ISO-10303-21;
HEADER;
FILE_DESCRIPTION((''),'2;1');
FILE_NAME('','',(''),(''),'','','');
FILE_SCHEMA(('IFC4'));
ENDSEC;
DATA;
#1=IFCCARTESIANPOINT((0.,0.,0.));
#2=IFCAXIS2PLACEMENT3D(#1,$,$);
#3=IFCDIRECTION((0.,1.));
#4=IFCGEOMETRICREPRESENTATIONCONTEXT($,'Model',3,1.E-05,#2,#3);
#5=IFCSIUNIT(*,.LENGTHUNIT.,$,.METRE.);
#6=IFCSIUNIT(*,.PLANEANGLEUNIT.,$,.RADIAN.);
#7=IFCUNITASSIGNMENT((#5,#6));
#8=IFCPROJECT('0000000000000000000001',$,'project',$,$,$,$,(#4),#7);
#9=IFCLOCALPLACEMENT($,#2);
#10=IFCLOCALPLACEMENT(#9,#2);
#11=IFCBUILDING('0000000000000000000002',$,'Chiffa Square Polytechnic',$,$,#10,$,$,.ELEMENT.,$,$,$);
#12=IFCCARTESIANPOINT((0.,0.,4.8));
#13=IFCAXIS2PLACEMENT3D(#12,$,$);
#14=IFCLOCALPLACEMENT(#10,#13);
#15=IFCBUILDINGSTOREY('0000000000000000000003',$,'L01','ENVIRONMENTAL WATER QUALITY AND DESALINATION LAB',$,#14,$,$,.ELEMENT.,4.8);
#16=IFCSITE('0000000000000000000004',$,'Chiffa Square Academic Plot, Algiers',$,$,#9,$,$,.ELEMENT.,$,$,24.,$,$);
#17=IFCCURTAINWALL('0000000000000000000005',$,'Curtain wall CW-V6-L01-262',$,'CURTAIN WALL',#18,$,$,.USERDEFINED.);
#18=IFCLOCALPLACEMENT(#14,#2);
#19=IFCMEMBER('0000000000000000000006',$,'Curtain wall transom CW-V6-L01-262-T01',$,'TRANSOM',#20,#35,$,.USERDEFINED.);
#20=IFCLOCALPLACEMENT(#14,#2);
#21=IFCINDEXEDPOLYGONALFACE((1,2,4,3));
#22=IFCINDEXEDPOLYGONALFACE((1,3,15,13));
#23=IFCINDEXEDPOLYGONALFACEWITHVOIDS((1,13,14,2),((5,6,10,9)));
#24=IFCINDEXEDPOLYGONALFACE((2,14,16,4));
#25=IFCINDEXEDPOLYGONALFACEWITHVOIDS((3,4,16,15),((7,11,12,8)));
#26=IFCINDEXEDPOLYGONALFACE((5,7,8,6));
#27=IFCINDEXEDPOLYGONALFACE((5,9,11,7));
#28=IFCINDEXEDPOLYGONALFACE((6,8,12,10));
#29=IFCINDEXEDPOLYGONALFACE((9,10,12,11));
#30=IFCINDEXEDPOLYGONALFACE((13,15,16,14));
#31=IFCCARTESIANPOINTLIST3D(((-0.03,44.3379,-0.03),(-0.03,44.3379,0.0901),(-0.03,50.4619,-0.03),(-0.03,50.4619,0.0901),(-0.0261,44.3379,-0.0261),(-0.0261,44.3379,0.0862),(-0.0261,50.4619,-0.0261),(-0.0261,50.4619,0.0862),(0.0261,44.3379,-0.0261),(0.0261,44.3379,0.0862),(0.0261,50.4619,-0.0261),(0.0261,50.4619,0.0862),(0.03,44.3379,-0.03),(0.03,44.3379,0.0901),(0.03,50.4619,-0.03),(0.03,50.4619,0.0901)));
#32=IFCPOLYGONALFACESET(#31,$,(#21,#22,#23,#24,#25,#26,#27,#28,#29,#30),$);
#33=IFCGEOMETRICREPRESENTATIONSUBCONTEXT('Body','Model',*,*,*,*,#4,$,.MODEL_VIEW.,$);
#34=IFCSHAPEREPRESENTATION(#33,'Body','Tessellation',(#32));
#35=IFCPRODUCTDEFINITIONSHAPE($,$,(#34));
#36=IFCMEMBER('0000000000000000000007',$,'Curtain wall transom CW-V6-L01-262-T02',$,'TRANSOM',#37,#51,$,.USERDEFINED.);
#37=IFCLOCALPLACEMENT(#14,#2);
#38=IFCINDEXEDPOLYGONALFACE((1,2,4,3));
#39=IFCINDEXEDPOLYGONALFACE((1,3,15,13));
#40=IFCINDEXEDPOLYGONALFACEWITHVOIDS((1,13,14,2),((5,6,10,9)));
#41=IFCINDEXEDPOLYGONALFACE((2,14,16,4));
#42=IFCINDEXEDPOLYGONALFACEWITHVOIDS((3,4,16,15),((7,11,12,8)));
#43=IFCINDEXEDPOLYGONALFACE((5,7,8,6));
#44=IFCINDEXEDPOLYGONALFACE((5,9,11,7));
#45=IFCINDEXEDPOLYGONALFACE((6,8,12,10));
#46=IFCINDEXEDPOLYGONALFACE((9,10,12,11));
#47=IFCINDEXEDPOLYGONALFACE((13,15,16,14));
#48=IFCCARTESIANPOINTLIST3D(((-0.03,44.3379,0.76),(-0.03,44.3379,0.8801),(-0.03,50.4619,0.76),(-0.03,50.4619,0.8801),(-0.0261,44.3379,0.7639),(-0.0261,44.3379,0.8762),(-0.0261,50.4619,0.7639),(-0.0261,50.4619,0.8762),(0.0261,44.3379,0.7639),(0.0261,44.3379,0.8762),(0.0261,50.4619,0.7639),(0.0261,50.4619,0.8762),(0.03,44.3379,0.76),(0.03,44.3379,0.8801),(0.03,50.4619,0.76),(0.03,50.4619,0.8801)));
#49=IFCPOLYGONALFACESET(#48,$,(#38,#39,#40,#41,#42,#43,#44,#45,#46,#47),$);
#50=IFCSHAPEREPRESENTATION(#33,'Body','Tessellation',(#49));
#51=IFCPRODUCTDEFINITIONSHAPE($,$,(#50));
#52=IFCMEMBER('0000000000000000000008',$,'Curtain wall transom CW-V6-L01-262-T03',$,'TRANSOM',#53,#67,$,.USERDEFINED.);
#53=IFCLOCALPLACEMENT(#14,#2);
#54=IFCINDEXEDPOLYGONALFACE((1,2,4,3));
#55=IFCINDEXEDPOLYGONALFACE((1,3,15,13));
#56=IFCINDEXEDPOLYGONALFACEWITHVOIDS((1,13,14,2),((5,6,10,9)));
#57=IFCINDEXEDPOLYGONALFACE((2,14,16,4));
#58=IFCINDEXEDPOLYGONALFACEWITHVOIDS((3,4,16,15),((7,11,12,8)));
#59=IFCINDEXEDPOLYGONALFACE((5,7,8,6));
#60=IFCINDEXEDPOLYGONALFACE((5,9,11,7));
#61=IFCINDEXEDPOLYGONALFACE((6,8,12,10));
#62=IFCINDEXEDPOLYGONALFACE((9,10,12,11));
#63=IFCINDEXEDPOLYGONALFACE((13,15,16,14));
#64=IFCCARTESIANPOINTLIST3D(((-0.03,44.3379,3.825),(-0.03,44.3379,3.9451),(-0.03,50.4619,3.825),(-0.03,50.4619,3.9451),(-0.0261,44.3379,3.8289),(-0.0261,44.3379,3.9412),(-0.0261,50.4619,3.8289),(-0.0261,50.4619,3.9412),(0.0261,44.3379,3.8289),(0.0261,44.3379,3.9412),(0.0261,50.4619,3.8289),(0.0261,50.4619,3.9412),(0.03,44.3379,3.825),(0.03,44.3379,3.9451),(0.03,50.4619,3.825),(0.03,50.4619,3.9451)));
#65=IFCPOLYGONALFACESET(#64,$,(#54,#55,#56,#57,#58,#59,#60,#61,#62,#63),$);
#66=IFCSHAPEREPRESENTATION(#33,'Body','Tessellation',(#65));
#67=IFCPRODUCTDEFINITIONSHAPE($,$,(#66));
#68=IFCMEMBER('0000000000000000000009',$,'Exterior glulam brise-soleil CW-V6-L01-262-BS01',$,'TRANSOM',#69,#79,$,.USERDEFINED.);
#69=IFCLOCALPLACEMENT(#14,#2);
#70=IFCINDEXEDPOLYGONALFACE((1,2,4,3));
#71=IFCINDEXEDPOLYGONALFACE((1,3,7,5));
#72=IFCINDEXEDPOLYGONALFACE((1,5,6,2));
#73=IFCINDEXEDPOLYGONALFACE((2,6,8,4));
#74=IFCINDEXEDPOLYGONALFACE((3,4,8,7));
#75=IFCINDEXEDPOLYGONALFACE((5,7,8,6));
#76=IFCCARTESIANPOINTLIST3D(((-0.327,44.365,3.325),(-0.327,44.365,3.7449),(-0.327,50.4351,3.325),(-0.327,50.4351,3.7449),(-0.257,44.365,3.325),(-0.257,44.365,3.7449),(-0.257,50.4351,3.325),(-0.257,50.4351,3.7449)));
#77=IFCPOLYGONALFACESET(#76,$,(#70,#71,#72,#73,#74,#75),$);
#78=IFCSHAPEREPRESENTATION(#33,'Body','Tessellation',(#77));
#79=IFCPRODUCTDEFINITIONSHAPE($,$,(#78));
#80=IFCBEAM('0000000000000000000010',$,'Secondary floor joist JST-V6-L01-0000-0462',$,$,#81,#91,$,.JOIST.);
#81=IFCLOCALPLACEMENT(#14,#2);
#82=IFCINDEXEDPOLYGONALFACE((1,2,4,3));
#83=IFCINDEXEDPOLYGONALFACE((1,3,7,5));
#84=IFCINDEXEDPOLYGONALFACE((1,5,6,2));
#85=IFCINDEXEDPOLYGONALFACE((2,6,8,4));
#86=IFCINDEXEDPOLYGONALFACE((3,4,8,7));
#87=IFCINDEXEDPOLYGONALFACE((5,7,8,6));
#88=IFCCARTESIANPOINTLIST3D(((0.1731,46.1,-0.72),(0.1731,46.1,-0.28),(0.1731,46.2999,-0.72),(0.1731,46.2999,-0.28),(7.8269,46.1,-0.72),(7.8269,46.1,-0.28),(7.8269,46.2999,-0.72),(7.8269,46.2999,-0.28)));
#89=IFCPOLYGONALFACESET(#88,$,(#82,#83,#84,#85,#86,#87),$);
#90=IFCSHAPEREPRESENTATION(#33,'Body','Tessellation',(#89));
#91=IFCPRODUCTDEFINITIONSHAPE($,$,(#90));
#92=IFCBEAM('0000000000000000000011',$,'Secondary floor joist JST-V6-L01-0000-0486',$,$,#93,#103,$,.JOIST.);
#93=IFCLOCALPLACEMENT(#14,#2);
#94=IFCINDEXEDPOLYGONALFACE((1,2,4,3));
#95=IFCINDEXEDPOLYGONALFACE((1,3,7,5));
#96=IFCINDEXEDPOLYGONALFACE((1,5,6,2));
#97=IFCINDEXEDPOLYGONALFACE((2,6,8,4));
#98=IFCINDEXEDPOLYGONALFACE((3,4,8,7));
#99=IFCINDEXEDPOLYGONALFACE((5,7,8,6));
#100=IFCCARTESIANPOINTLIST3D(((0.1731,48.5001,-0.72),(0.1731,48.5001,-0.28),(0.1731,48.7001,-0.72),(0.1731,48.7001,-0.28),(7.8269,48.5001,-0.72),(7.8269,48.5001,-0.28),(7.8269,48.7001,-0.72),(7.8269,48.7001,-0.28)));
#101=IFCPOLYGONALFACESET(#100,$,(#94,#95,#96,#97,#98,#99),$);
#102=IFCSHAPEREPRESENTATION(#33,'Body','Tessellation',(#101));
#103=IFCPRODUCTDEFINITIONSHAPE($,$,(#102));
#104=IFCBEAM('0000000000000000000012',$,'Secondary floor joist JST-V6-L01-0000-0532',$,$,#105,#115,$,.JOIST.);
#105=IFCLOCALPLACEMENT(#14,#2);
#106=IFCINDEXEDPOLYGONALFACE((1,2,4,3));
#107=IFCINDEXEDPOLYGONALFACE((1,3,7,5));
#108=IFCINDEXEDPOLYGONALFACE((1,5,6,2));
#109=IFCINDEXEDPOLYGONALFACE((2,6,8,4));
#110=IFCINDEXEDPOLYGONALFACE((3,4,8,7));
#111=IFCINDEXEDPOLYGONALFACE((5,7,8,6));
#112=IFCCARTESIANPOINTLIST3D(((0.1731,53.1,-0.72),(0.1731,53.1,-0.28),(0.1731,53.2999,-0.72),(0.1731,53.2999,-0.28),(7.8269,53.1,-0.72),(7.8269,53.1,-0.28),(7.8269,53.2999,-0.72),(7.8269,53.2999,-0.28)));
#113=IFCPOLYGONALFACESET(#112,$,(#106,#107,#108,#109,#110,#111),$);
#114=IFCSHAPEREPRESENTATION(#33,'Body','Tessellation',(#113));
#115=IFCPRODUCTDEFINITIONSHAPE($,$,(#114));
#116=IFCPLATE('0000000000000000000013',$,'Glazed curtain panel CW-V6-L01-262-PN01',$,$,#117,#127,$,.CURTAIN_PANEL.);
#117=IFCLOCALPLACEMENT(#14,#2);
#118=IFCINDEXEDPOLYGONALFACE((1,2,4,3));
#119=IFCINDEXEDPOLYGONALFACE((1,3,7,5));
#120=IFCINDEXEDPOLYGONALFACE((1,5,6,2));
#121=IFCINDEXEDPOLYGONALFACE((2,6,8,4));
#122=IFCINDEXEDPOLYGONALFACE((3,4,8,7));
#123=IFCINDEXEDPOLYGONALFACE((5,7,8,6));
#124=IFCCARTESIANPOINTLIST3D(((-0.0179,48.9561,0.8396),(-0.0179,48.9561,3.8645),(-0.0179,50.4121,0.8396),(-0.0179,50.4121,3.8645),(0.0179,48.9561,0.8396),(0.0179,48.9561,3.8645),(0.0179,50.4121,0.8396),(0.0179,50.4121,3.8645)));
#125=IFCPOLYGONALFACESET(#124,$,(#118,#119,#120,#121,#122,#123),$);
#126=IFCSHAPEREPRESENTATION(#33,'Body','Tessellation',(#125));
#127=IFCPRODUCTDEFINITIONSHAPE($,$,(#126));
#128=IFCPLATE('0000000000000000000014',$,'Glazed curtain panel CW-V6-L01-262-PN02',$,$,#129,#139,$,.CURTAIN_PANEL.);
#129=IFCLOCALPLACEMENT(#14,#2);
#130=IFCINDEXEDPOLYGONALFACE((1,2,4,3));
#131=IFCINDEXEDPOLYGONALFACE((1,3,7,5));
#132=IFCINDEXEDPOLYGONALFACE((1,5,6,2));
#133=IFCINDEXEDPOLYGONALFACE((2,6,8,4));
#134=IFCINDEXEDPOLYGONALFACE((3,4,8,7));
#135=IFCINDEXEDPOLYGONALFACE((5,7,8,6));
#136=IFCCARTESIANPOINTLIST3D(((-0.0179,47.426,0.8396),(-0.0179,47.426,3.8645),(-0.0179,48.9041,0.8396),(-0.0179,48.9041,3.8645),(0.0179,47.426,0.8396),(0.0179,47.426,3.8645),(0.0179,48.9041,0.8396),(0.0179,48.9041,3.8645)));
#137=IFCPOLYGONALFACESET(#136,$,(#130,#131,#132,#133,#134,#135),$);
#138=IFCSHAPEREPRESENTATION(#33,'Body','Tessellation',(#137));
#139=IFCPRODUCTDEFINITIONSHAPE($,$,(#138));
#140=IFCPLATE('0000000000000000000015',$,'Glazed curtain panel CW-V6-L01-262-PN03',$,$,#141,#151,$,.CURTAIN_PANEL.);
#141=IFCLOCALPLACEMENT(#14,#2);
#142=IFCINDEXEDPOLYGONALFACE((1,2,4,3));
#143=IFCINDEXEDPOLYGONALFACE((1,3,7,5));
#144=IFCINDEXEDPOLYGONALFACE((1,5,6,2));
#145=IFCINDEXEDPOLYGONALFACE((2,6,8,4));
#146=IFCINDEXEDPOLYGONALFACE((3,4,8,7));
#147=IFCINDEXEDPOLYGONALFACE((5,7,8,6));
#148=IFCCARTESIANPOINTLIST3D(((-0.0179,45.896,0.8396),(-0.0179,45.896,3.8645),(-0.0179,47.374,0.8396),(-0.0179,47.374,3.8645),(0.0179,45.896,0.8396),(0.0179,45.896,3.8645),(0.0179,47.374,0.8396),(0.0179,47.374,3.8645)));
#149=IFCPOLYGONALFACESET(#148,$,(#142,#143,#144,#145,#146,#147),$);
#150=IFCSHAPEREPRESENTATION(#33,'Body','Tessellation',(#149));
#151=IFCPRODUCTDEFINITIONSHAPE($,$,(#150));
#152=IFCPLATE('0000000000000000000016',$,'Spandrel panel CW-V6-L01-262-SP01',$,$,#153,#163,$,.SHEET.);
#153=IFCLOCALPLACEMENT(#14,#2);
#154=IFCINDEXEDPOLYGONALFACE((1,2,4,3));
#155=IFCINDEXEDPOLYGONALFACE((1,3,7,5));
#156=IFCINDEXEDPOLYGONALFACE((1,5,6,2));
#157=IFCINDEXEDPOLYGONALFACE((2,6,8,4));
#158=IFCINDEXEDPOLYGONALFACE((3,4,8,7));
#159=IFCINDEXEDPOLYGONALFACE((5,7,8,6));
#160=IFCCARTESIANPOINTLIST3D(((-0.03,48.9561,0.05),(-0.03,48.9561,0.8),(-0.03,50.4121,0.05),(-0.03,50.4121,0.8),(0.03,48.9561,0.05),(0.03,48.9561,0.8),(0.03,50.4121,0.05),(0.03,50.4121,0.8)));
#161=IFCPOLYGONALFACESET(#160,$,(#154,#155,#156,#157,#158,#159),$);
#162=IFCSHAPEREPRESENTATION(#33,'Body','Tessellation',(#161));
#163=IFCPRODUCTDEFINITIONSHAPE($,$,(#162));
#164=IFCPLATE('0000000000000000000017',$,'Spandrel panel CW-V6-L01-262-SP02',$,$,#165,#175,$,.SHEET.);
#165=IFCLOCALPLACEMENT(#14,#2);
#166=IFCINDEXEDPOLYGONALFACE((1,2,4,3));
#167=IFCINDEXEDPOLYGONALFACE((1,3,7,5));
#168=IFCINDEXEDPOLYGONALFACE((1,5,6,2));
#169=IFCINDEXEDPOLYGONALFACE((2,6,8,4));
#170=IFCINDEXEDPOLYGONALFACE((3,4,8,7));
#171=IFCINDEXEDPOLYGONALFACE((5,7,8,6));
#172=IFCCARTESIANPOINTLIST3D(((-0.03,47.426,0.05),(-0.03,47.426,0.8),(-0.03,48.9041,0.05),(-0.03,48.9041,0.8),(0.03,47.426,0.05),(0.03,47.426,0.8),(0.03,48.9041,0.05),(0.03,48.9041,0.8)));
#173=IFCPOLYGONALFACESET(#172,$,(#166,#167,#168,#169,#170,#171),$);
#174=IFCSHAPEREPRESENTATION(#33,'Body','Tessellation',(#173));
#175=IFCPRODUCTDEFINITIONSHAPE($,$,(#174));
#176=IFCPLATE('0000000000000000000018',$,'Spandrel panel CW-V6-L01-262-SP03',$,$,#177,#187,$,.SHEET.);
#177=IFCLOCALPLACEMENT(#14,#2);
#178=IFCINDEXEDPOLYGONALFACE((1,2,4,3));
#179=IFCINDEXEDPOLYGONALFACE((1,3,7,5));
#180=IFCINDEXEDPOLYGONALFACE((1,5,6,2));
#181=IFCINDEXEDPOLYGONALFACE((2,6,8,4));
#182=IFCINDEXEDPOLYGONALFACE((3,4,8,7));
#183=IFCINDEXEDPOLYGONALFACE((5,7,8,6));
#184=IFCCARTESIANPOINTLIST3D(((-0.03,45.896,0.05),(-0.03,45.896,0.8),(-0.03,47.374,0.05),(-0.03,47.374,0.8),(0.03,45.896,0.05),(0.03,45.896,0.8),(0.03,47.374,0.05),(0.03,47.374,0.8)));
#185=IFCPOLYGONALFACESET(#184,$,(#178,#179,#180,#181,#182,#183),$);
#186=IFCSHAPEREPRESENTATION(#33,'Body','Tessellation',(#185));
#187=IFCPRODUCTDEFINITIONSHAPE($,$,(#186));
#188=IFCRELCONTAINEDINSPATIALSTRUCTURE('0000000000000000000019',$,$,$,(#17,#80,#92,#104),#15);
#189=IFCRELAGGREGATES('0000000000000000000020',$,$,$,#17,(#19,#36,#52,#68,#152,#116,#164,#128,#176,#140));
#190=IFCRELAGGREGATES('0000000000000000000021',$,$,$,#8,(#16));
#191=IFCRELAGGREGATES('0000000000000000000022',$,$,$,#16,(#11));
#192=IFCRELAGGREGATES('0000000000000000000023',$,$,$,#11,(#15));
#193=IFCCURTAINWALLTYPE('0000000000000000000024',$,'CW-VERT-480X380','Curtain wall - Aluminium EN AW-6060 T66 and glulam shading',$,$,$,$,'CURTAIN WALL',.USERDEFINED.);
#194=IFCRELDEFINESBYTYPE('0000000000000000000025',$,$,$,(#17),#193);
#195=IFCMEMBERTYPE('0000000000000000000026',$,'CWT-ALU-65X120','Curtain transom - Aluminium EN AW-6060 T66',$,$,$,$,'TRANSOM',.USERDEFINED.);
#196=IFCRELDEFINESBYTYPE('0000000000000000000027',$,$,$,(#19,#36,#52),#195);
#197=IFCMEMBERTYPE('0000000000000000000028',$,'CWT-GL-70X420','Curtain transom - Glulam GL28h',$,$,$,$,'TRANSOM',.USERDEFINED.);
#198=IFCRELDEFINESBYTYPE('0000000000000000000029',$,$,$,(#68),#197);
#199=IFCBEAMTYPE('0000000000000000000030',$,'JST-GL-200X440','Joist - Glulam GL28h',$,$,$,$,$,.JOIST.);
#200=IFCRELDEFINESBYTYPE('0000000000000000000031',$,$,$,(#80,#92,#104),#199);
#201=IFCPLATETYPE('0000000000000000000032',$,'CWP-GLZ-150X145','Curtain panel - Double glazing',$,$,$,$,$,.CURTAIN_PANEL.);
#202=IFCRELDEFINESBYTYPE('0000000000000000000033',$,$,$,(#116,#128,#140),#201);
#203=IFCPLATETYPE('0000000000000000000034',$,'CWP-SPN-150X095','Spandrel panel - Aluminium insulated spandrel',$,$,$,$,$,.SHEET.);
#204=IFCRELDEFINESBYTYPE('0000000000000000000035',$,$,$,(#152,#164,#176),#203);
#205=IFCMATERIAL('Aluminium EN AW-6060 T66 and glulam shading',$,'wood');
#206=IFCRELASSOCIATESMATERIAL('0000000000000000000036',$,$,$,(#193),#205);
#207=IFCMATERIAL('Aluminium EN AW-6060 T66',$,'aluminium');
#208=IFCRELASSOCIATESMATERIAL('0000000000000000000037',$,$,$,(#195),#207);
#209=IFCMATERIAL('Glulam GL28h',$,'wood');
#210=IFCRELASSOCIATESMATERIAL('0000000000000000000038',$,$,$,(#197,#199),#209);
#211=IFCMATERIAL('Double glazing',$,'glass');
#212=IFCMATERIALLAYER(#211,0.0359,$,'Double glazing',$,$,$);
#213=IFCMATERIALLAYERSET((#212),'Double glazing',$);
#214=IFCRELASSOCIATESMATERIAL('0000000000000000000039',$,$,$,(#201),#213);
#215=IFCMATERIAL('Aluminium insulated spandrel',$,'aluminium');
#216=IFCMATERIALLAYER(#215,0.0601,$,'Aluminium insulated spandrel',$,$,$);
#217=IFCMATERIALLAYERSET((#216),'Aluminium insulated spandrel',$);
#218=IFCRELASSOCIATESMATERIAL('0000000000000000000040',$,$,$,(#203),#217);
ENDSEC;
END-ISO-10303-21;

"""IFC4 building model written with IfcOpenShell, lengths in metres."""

from ifc_helpers import new_model, si_unit, direction, frame, origin, origin_2d, place, context, subcontext, project, spatial, rectangle, hollow_rectangle, extrude, material, layer, layer_set, material_profile, profile_set, type_object, element, aggregate, save


model = new_model("IFC4")

# Units and contexts
model_context = context("Model", 3, precision=1e-05, world=origin(), true_north=direction((0.0, 1.0)))
body_context = subcontext(model_context, "Body", "Model", "MODEL_VIEW")
ifc_project = project(units=[si_unit("LENGTHUNIT", "METRE"), si_unit("PLANEANGLEUNIT", "RADIAN")], contexts=[model_context])

# Site, building, storey
site_placement = place(None, origin())
site = spatial("IfcSite", under=ifc_project, at=site_placement, Name="Chiffa Square Academic Plot, Algiers", CompositionType="ELEMENT", RefElevation=24.0)
building_placement = place(site_placement, origin())
building = spatial("IfcBuilding", under=site, at=building_placement, Name="Chiffa Square Polytechnic", CompositionType="ELEMENT")
storey_placement = place(building_placement, frame((0.0, 0.0, 4.8)))
storey = spatial("IfcBuildingStorey", under=building, at=storey_placement, Name="L01", Description="ENVIRONMENTAL WATER QUALITY AND DESALINATION LAB", CompositionType="ELEMENT", Elevation=4.8)

# Curtain wall, members
ifc_material_1 = material(Name="Aluminium EN AW-6060 T66 and glulam shading", Category="wood")
curtain_wall_type = type_object("IfcCurtainWallType", Name="CW-VERT-480X380", Description="Curtain wall - Aluminium EN AW-6060 T66 and glulam shading", ElementType="CURTAIN WALL", PredefinedType="USERDEFINED", material=ifc_material_1)
curtain_wall_placement = place(storey_placement, origin())
curtain_wall = element("IfcCurtainWall", 1, at=curtain_wall_placement, inside=storey, type_object=curtain_wall_type, Name="Curtain wall CW-V6-L01-262", ObjectType="CURTAIN WALL", PredefinedType="USERDEFINED")
ifc_material_2 = material(Name="Aluminium EN AW-6060 T66", Category="aluminium")
ifc_material_3 = material(Name="Glulam GL28h", Category="wood")
ifc_material_profile_1 = material_profile(ifc_material_2, hollow_rectangle(XDim=0.0601, YDim=0.1201, WallThickness=0.0039, at=origin_2d()), Name="ALU 60x120x4")
ifc_profile_set_1 = profile_set([ifc_material_profile_1], Name="Aluminium EN AW-6060 T66")
member_type_1 = type_object("IfcMemberType", Name="CWT-ALU-65X120", Description="Curtain transom - Aluminium EN AW-6060 T66", ElementType="TRANSOM", PredefinedType="USERDEFINED", material=ifc_profile_set_1)
member_1_placement = place(storey_placement, frame((0.0, 50.4619, 0.03), z_axis=(0.0, -1.0, 0.0), x_axis=(1.0, 0.0, 0.0)))
member_1 = element("IfcMember", 2, at=member_1_placement, type_object=member_type_1, Name="Curtain wall transom CW-V6-L01-262-T01", ObjectType="TRANSOM", PredefinedType="USERDEFINED", context=body_context, shape_type="SweptSolid", body=[
    extrude(hollow_rectangle(XDim=0.0601, YDim=0.1201, WallThickness=0.0039, at=origin_2d()), origin(), (0.0, 0.0, 1.0), 6.124),
])
member_2_placement = place(storey_placement, frame((0.0, 50.4619, 0.8201), z_axis=(0.0, -1.0, 0.0), x_axis=(1.0, 0.0, 0.0)))
member_2 = element("IfcMember", 3, at=member_2_placement, type_object=member_type_1, Name="Curtain wall transom CW-V6-L01-262-T02", ObjectType="TRANSOM", PredefinedType="USERDEFINED", context=body_context, shape_type="SweptSolid", body=[
    extrude(hollow_rectangle(XDim=0.0601, YDim=0.1201, WallThickness=0.0039, at=origin_2d()), origin(), (0.0, 0.0, 1.0), 6.124),
])
member_3_placement = place(storey_placement, frame((0.0, 50.4619, 3.885), z_axis=(0.0, -1.0, 0.0), x_axis=(1.0, 0.0, 0.0)))
member_3 = element("IfcMember", 4, at=member_3_placement, type_object=member_type_1, Name="Curtain wall transom CW-V6-L01-262-T03", ObjectType="TRANSOM", PredefinedType="USERDEFINED", context=body_context, shape_type="SweptSolid", body=[
    extrude(hollow_rectangle(XDim=0.0601, YDim=0.1201, WallThickness=0.0039, at=origin_2d()), origin(), (0.0, 0.0, 1.0), 6.124),
])
ifc_material_profile_2 = material_profile(ifc_material_3, rectangle(XDim=0.0701, YDim=0.4199, at=origin_2d()), Name="GL28h 70x420")
ifc_profile_set_2 = profile_set([ifc_material_profile_2], Name="Glulam GL28h")
member_type_2 = type_object("IfcMemberType", Name="CWT-GL-70X420", Description="Curtain transom - Glulam GL28h", ElementType="TRANSOM", PredefinedType="USERDEFINED", material=ifc_profile_set_2)
member_4_placement = place(storey_placement, frame((-0.292, 50.4351, 3.5349), z_axis=(0.0, -1.0, 0.0), x_axis=(1.0, 0.0, 0.0)))
member_4 = element("IfcMember", 5, at=member_4_placement, type_object=member_type_2, Name="Exterior glulam brise-soleil CW-V6-L01-262-BS01", ObjectType="TRANSOM", PredefinedType="USERDEFINED", context=body_context, shape_type="SweptSolid", body=[
    extrude(rectangle(XDim=0.0701, YDim=0.4199, at=origin_2d()), origin(), (0.0, 0.0, 1.0), 6.0701),
])

# Beams
ifc_material_profile_3 = material_profile(ifc_material_3, rectangle(XDim=0.2, YDim=0.4399, at=origin_2d()), Name="GL28h 200x440")
ifc_profile_set_3 = profile_set([ifc_material_profile_3], Name="Glulam GL28h")
beam_type_1 = type_object("IfcBeamType", Name="JST-GL-200X440", Description="Joist - Glulam GL28h", PredefinedType="JOIST", material=ifc_profile_set_3)
for number, where, z_axis, x_axis, name in (
    (6, (0.1731, 46.2, -0.5), (1.0, 0.0, 0.0), (0.0, 1.0, 0.0), "Secondary floor joist JST-V6-L01-0000-0462"),
    (7, (0.1731, 48.6001, -0.5), (1.0, 0.0, 0.0), (0.0, 1.0, 0.0), "Secondary floor joist JST-V6-L01-0000-0486"),
    (8, (0.1731, 53.2, -0.5), (1.0, 0.0, 0.0), (0.0, 1.0, 0.0), "Secondary floor joist JST-V6-L01-0000-0532"),
):
    element("IfcBeam", number, at=place(storey_placement, frame(where, z_axis=z_axis, x_axis=x_axis)), inside=storey, type_object=beam_type_1, Name=name, PredefinedType="JOIST", context=body_context, shape_type="SweptSolid", body=[
        extrude(rectangle(XDim=0.2, YDim=0.4399, at=origin_2d()), origin(), (0.0, 0.0, 1.0), 7.6538),
    ])

# Plates
ifc_material_4 = material(Name="Double glazing", Category="glass")
ifc_layer_1 = layer(ifc_material_4, 0.0359, Name="Double glazing")
ifc_layer_set_1 = layer_set([ifc_layer_1], Name="Double glazing")
plate_type_1 = type_object("IfcPlateType", Name="CWP-GLZ-150X145", Description="Curtain panel - Double glazing", PredefinedType="CURTAIN_PANEL", material=ifc_layer_set_1)
plate_1_placement = place(storey_placement, frame((0.0, 49.6841, 0.8396), z_axis=(0.0, 0.0, 1.0), x_axis=(0.0, -1.0, 0.0)))
plate_1 = element("IfcPlate", 9, at=plate_1_placement, type_object=plate_type_1, Name="Glazed curtain panel CW-V6-L01-262-PN01", PredefinedType="CURTAIN_PANEL", context=body_context, shape_type="SweptSolid", body=[
    extrude(rectangle(XDim=1.4561, YDim=0.0359, at=origin_2d()), origin(), (0.0, 0.0, 1.0), 3.0249),
])
plate_2_placement = place(storey_placement, frame((0.0, 48.165, 0.8396), z_axis=(0.0, 0.0, 1.0), x_axis=(0.0, -1.0, 0.0)))
plate_2 = element("IfcPlate", 10, at=plate_2_placement, type_object=plate_type_1, Name="Glazed curtain panel CW-V6-L01-262-PN02", PredefinedType="CURTAIN_PANEL", context=body_context, shape_type="SweptSolid", body=[
    extrude(rectangle(XDim=1.478, YDim=0.0359, at=origin_2d()), origin(), (0.0, 0.0, 1.0), 3.0249),
])
plate_3_placement = place(storey_placement, frame((0.0, 46.635, 0.8396), z_axis=(0.0, 0.0, 1.0), x_axis=(0.0, -1.0, 0.0)))
plate_3 = element("IfcPlate", 11, at=plate_3_placement, type_object=plate_type_1, Name="Glazed curtain panel CW-V6-L01-262-PN03", PredefinedType="CURTAIN_PANEL", context=body_context, shape_type="SweptSolid", body=[
    extrude(rectangle(XDim=1.478, YDim=0.0359, at=origin_2d()), origin(), (0.0, 0.0, 1.0), 3.0249),
])
ifc_material_5 = material(Name="Aluminium insulated spandrel", Category="aluminium")
ifc_layer_2 = layer(ifc_material_5, 0.0601, Name="Aluminium insulated spandrel")
ifc_layer_set_2 = layer_set([ifc_layer_2], Name="Aluminium insulated spandrel")
plate_type_2 = type_object("IfcPlateType", Name="CWP-SPN-150X095", Description="Spandrel panel - Aluminium insulated spandrel", PredefinedType="SHEET", material=ifc_layer_set_2)
plate_4_placement = place(storey_placement, frame((0.0, 49.6841, 0.05), z_axis=(0.0, 0.0, 1.0), x_axis=(0.0, -1.0, 0.0)))
plate_4 = element("IfcPlate", 12, at=plate_4_placement, type_object=plate_type_2, Name="Spandrel panel CW-V6-L01-262-SP01", PredefinedType="SHEET", context=body_context, shape_type="SweptSolid", body=[
    extrude(rectangle(XDim=1.4561, YDim=0.0601, at=origin_2d()), origin(), (0.0, 0.0, 1.0), 0.75),
])
plate_5_placement = place(storey_placement, frame((0.0, 48.165, 0.05), z_axis=(0.0, 0.0, 1.0), x_axis=(0.0, -1.0, 0.0)))
plate_5 = element("IfcPlate", 13, at=plate_5_placement, type_object=plate_type_2, Name="Spandrel panel CW-V6-L01-262-SP02", PredefinedType="SHEET", context=body_context, shape_type="SweptSolid", body=[
    extrude(rectangle(XDim=1.478, YDim=0.0601, at=origin_2d()), origin(), (0.0, 0.0, 1.0), 0.75),
])
plate_6_placement = place(storey_placement, frame((0.0, 46.635, 0.05), z_axis=(0.0, 0.0, 1.0), x_axis=(0.0, -1.0, 0.0)))
plate_6 = element("IfcPlate", 14, at=plate_6_placement, type_object=plate_type_2, Name="Spandrel panel CW-V6-L01-262-SP03", PredefinedType="SHEET", context=body_context, shape_type="SweptSolid", body=[
    extrude(rectangle(XDim=1.478, YDim=0.0601, at=origin_2d()), origin(), (0.0, 0.0, 1.0), 0.75),
])
aggregate(curtain_wall, [member_1, member_2, member_3, member_4, plate_4, plate_1, plate_5, plate_2, plate_6, plate_3])

save(model, "model.ifc")
